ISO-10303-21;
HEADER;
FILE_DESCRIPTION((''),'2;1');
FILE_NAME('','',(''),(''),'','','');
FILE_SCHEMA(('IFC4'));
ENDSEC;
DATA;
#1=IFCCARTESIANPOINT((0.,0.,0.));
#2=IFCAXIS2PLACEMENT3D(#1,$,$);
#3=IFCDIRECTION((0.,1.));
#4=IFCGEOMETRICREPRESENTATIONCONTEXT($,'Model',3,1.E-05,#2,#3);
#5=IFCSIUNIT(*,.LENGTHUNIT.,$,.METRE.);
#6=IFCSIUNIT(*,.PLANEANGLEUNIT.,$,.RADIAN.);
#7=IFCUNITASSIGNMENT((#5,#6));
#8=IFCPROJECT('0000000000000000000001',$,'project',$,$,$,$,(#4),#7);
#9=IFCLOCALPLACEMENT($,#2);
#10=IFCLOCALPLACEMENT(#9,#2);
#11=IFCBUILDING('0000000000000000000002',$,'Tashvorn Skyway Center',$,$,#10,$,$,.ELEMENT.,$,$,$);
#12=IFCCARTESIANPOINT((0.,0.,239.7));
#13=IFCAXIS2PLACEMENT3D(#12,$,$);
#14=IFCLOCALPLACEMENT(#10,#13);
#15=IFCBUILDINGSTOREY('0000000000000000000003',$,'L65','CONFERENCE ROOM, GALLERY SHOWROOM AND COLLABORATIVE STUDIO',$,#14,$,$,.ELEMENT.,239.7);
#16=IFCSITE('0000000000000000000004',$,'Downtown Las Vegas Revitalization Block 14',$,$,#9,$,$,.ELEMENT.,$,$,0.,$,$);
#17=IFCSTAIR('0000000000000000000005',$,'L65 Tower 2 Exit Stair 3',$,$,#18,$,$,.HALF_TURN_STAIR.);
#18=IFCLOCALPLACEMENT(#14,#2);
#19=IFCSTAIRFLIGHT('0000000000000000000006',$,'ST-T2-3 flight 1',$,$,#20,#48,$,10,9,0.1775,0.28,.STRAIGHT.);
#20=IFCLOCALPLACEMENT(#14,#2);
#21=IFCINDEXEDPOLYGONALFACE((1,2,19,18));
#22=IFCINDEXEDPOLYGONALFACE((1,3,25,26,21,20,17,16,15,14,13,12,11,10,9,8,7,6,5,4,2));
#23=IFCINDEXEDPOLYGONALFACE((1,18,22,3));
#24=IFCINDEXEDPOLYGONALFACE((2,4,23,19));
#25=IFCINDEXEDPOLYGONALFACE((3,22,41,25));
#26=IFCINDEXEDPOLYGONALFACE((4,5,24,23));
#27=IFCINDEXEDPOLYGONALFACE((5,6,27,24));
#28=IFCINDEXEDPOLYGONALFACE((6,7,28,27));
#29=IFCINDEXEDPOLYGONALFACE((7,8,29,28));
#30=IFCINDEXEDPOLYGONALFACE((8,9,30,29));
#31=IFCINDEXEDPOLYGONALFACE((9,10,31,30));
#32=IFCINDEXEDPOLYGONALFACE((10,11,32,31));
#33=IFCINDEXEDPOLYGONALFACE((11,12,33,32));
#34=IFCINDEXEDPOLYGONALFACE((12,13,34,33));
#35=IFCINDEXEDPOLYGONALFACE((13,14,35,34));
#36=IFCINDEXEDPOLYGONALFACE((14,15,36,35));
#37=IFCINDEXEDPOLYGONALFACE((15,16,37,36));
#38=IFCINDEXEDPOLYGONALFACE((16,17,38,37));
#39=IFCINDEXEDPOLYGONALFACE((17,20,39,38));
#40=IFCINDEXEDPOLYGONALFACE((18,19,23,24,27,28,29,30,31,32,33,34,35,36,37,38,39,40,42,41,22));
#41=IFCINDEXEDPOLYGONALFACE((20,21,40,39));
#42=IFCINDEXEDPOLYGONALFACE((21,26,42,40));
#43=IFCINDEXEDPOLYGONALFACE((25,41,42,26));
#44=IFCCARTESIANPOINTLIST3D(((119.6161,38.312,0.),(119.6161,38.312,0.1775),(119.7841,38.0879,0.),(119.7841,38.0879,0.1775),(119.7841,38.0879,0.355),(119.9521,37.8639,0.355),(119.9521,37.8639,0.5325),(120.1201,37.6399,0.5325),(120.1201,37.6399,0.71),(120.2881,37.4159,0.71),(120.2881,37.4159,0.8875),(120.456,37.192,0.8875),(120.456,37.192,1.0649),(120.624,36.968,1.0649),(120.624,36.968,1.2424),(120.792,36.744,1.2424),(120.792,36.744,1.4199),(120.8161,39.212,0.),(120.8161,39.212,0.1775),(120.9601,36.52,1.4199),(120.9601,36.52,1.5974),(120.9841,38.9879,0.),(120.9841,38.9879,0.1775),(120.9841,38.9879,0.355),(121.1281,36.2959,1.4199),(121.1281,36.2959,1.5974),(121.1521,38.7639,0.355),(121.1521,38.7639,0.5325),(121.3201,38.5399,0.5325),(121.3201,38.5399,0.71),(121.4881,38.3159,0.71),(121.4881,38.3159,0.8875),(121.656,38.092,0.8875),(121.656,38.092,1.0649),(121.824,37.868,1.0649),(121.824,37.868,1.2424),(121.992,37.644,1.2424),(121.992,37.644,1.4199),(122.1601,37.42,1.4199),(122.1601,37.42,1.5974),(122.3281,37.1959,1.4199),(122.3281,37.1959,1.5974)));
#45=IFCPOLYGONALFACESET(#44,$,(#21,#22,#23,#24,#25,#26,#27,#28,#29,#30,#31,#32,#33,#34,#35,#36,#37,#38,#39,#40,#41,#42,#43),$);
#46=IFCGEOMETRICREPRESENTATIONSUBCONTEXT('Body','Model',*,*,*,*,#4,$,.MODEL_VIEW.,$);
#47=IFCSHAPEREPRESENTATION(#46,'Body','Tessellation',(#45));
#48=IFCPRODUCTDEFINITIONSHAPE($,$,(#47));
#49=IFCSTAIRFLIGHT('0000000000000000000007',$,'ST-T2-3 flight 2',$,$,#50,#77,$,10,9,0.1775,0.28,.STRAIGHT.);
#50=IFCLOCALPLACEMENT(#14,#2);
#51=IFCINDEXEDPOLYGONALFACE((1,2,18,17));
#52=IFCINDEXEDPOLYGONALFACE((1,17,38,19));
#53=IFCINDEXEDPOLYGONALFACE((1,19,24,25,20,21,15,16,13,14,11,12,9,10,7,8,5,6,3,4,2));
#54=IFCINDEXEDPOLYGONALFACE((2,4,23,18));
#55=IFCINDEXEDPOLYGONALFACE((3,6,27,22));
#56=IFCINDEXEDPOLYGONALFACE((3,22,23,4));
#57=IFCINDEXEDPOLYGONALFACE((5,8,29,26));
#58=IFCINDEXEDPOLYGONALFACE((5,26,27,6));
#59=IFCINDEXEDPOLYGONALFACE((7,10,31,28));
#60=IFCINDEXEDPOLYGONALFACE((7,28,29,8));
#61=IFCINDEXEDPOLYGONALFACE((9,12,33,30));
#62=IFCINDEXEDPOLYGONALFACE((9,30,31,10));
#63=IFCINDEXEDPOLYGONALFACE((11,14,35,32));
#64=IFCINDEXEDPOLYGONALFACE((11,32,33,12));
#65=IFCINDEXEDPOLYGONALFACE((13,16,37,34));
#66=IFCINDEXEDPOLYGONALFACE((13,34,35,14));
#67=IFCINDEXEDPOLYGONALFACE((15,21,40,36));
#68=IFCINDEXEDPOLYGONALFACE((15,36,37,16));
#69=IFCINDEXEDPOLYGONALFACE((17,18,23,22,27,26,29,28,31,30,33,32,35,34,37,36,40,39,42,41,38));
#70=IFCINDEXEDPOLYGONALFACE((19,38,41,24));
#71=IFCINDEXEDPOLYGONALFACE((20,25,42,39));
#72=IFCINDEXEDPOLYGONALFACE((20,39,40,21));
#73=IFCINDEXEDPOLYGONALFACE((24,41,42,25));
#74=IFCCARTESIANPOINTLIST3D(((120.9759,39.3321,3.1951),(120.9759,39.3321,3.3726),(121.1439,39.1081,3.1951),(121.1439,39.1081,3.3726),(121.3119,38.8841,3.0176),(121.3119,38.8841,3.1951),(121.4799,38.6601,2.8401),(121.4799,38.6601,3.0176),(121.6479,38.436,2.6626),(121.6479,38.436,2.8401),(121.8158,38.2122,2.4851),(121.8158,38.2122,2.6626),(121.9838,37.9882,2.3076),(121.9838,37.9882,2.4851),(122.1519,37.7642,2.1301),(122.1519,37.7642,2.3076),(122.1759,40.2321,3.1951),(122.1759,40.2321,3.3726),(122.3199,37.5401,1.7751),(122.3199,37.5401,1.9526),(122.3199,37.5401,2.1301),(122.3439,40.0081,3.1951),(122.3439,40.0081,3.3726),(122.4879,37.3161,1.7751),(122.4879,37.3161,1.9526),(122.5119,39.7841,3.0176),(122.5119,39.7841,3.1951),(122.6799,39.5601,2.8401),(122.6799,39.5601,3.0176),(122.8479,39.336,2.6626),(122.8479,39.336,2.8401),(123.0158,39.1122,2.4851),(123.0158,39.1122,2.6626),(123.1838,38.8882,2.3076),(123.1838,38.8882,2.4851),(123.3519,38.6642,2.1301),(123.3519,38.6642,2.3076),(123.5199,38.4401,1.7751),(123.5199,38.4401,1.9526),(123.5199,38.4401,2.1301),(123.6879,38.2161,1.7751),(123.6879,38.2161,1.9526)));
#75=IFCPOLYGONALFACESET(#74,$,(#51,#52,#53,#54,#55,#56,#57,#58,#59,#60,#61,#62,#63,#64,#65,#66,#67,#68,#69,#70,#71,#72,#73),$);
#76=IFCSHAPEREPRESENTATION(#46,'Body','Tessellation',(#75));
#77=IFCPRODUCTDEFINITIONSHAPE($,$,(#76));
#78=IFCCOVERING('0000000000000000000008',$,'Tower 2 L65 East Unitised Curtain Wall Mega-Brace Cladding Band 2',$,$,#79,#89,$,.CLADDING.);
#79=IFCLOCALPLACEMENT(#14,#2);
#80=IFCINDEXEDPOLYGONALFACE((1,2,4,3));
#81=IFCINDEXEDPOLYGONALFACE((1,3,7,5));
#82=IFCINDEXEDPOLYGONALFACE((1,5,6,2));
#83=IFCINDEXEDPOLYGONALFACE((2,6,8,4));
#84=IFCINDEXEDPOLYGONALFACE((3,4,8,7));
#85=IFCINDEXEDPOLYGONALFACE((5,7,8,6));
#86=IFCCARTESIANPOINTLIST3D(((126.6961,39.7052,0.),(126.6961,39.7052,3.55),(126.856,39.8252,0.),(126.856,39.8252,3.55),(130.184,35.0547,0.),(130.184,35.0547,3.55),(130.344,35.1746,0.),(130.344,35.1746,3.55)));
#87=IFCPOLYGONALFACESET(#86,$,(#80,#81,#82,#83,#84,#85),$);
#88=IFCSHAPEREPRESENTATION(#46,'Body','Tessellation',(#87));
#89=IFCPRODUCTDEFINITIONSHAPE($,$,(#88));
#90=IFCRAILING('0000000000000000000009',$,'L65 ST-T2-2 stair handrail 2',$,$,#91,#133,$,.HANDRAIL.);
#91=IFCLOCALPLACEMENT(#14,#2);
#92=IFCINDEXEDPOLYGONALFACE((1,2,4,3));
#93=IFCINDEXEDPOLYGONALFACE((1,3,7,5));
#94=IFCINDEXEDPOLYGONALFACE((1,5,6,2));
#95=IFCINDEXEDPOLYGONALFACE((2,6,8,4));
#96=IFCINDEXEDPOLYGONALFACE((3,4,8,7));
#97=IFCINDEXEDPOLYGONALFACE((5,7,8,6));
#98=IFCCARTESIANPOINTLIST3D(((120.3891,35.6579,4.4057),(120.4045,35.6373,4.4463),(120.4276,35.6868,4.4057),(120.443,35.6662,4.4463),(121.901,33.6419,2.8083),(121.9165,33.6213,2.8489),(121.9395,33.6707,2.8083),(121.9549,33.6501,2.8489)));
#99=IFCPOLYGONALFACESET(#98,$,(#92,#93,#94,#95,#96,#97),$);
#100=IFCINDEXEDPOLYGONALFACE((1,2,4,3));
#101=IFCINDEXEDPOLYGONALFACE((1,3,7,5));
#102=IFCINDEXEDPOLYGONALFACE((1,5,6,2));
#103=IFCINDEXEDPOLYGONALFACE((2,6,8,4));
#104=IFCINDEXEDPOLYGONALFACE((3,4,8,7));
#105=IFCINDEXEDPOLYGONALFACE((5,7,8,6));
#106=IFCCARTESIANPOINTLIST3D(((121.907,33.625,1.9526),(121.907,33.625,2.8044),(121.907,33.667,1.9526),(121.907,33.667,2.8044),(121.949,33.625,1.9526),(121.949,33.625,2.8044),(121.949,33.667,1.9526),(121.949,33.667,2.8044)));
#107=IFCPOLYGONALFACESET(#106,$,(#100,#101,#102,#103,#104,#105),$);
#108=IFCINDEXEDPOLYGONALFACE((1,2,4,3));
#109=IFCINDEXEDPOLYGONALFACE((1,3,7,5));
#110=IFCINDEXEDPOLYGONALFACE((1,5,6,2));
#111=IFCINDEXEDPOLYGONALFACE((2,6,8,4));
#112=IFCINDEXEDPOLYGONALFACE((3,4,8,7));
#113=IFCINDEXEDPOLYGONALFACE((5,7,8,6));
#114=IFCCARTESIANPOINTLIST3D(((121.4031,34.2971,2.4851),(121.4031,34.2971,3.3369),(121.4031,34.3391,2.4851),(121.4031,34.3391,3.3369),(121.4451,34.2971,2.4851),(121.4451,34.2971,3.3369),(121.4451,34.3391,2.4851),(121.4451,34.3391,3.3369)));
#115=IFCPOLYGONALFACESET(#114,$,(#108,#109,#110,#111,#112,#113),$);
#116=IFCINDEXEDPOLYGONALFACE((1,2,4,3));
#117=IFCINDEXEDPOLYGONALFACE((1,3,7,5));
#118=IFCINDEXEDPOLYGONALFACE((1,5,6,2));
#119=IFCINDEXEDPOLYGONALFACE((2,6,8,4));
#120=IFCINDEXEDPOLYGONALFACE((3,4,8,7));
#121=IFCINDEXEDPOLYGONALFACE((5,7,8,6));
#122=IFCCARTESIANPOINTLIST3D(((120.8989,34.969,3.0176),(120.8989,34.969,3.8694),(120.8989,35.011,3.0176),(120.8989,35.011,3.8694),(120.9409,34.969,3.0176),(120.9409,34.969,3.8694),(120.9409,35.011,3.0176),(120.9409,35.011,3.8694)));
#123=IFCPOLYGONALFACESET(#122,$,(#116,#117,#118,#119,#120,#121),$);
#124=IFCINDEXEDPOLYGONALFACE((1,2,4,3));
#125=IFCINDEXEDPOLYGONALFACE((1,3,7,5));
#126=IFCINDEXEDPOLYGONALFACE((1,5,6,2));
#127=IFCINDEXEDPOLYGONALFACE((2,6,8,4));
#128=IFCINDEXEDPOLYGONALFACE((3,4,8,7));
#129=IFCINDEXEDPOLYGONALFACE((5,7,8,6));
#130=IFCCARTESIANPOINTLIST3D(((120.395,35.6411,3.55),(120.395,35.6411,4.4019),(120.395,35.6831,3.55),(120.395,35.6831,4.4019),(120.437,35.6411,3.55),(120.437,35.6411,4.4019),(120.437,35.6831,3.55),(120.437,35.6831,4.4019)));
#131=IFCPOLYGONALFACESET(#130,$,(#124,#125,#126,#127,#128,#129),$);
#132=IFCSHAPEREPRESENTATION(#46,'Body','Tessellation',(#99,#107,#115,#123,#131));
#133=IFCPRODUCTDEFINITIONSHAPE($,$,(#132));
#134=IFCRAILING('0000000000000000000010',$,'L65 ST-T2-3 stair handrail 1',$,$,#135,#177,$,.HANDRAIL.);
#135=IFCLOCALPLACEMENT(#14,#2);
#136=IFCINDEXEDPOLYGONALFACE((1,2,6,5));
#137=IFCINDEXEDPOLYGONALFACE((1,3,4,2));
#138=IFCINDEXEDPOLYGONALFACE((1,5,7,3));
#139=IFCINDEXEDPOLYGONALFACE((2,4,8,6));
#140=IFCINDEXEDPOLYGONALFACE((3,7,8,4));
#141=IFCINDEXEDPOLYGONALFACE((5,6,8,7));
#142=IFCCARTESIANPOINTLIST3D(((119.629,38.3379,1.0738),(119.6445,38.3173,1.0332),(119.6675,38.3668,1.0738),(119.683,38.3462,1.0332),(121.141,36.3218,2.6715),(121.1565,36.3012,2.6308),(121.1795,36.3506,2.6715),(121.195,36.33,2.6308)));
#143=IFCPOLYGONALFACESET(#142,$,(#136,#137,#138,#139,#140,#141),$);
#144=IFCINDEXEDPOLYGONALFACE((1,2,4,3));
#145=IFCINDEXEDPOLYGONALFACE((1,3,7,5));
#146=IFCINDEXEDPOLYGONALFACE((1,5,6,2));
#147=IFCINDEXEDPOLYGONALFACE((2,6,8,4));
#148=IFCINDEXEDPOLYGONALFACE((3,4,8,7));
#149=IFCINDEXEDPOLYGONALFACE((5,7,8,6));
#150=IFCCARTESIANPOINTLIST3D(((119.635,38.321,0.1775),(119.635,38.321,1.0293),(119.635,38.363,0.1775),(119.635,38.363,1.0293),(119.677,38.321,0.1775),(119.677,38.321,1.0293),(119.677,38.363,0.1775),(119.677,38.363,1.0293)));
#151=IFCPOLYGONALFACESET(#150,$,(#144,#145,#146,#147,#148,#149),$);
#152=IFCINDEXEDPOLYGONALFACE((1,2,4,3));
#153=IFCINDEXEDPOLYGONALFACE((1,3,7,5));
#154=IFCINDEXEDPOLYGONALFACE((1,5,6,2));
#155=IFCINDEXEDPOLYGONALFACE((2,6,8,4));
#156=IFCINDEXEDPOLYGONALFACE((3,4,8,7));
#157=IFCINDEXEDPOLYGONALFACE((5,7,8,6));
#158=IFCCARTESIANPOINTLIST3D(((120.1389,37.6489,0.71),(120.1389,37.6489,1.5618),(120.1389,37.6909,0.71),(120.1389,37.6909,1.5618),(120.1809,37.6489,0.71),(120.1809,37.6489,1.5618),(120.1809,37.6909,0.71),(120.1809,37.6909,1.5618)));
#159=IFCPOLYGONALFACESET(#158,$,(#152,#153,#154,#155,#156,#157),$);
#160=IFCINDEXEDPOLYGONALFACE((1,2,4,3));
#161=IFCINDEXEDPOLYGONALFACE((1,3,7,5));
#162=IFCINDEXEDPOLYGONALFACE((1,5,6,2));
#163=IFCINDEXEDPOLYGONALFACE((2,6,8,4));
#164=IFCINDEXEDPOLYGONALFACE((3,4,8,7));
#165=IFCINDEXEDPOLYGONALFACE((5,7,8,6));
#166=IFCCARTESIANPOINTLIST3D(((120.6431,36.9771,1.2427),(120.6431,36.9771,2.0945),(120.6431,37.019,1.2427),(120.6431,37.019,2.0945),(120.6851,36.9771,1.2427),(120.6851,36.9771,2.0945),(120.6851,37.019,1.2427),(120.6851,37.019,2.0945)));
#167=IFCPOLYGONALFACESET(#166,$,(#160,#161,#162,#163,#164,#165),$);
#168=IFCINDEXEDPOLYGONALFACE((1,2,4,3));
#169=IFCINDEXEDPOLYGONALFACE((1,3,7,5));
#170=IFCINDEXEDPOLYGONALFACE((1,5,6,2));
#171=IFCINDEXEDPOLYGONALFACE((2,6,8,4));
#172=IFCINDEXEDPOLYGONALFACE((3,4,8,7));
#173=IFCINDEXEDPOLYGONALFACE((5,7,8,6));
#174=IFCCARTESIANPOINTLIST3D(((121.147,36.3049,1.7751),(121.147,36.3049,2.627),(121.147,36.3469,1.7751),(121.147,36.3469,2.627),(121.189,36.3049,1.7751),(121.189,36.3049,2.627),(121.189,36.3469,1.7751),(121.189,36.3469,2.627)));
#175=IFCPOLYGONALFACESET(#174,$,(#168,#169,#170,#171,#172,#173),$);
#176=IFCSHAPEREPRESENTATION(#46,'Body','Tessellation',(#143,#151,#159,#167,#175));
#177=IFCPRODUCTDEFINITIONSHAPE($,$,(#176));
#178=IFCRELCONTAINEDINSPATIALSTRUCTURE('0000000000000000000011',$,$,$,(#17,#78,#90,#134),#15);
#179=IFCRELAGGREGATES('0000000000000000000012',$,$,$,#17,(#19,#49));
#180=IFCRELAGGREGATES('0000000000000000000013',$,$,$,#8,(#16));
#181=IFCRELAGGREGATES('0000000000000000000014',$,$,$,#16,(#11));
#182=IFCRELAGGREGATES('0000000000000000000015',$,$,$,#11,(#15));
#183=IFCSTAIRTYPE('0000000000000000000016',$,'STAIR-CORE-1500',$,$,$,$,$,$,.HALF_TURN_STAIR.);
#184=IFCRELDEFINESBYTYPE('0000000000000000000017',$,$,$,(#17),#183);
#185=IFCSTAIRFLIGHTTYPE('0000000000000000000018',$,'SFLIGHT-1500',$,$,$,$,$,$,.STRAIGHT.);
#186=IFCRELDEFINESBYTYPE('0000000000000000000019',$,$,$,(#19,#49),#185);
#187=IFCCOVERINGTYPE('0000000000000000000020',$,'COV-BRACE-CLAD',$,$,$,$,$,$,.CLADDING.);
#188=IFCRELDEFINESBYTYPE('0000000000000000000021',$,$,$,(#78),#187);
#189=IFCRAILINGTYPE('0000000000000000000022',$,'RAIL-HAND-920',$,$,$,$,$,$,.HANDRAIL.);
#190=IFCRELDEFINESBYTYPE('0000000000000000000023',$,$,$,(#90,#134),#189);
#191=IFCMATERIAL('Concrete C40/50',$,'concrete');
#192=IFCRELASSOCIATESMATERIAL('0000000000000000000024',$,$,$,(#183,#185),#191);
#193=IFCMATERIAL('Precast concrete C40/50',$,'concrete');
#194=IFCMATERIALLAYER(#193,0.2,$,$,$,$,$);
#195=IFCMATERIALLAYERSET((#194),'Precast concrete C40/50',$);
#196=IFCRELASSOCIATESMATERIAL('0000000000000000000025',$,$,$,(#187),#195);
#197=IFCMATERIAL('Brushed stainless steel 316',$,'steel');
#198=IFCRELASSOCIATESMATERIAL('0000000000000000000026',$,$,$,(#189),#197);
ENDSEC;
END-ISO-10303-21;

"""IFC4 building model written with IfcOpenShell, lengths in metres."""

from ifc_helpers import new_model, si_unit, direction, frame, origin, origin_2d, place, context, subcontext, project, spatial, polyline, rectangle, outline, extrude, material, layer, layer_set, type_object, element, aggregate, save


model = new_model("IFC4")

# Units and contexts
model_context = context("Model", 3, precision=1e-05, world=origin(), true_north=direction((0.0, 1.0)))
body_context = subcontext(model_context, "Body", "Model", "MODEL_VIEW")
ifc_project = project(units=[si_unit("LENGTHUNIT", "METRE"), si_unit("PLANEANGLEUNIT", "RADIAN")], contexts=[model_context])

# Site, building, storey
site_placement = place(None, origin())
site = spatial("IfcSite", under=ifc_project, at=site_placement, Name="Downtown Las Vegas Revitalization Block 14", CompositionType="ELEMENT", RefElevation=0.0)
building_placement = place(site_placement, origin())
building = spatial("IfcBuilding", under=site, at=building_placement, Name="Tashvorn Skyway Center", CompositionType="ELEMENT")
storey_placement = place(building_placement, frame((0.0, 0.0, 239.7)))
storey = spatial("IfcBuildingStorey", under=building, at=storey_placement, Name="L65", Description="CONFERENCE ROOM, GALLERY SHOWROOM AND COLLABORATIVE STUDIO", CompositionType="ELEMENT", Elevation=239.7)

# Shared definitions
ifc_material_1 = material(Name="Concrete C40/50", Category="concrete")

# Shared definitions
stair_type = type_object("IfcStairType", Name="STAIR-CORE-1500", PredefinedType="HALF_TURN_STAIR", material=ifc_material_1)
stair_flight_type = type_object("IfcStairFlightType", Name="SFLIGHT-1500", PredefinedType="STRAIGHT", material=ifc_material_1)

# Stair, stair flights
stair_1_placement = place(storey_placement, origin())
stair_1 = element("IfcStair", 1, at=stair_1_placement, inside=storey, type_object=stair_type, Name="L65 Tower 2 Exit Stair 3", PredefinedType="HALF_TURN_STAIR")
stair_flight_1_placement = place(storey_placement, frame((120.2161, 38.762, 0.0), z_axis=(0.0, 0.0, 1.0), x_axis=(0.6, -0.8, 0.0)))
stair_flight_1 = element("IfcStairFlight", 2, at=stair_flight_1_placement, type_object=stair_flight_type, Name="ST-T2-3 flight 1", NumberOfRisers=10, NumberOfTreads=9, PredefinedType="STRAIGHT", RiserHeight=0.1775, TreadLength=0.28, context=body_context, shape_type="SweptSolid", body=[
    extrude(outline(polyline([(0.0, 0.0), (0.0, 0.1775), (0.28, 0.1775), (0.28, 0.355), (0.5601, 0.355), (0.5601, 0.5325), (0.8401, 0.5325), (0.8401, 0.71), (1.1201, 0.71), (1.1201, 0.8875), (1.3999, 0.8875), (1.3999, 1.0649), (1.6799, 1.0649), (1.6799, 1.2424), (1.96, 1.2424), (1.96, 1.4199), (2.24, 1.4199), (2.24, 1.5974), (2.52, 1.5974), (2.52, 1.7749), (2.52, 1.4199), (0.28, 0.0), (0.0, 0.0)])), frame((0.0, 0.75, 0.0), z_axis=(0.0, -1.0, 0.0), x_axis=(1.0, 0.0, 0.0)), (0.0, 0.0, 1.0), 1.5),
])
stair_flight_2_placement = place(storey_placement, frame((123.0879, 37.7661, 1.7751), z_axis=(0.0, 0.0, 1.0), x_axis=(-0.6, 0.8, 0.0)))
stair_flight_2 = element("IfcStairFlight", 3, at=stair_flight_2_placement, type_object=stair_flight_type, Name="ST-T2-3 flight 2", NumberOfRisers=10, NumberOfTreads=9, PredefinedType="STRAIGHT", RiserHeight=0.1775, TreadLength=0.28, context=body_context, shape_type="SweptSolid", body=[
    extrude(outline(polyline([(0.0, 0.0), (0.0, 0.1775), (0.28, 0.1775), (0.28, 0.355), (0.5601, 0.355), (0.5601, 0.5325), (0.8401, 0.5325), (0.8401, 0.71), (1.1201, 0.71), (1.1201, 0.8875), (1.3999, 0.8875), (1.3999, 1.0649), (1.6799, 1.0649), (1.6799, 1.2424), (1.96, 1.2424), (1.96, 1.4199), (2.24, 1.4199), (2.24, 1.5974), (2.52, 1.5974), (2.52, 1.7749), (2.52, 1.4199), (0.28, 0.0), (0.0, 0.0)])), frame((0.0, 0.75, 0.0), z_axis=(0.0, -1.0, 0.0), x_axis=(1.0, 0.0, 0.0)), (0.0, 0.0, 1.0), 1.5),
])
aggregate(stair_1, [stair_flight_1, stair_flight_2])

# Covering
ifc_material_2 = material(Name="Precast concrete C40/50", Category="concrete")
ifc_layer_1 = layer(ifc_material_2, 0.2)
ifc_layer_set_1 = layer_set([ifc_layer_1], Name="Precast concrete C40/50")
covering_type = type_object("IfcCoveringType", Name="COV-BRACE-CLAD", PredefinedType="CLADDING", material=ifc_layer_set_1)
covering_placement = place(storey_placement, frame((128.52, 37.4399, 0.0), z_axis=(0.0, 0.0, 1.0), x_axis=(0.6, -0.8, 0.0)))
element("IfcCovering", 4, at=covering_placement, inside=storey, type_object=covering_type, Name="Tower 2 L65 East Unitised Curtain Wall Mega-Brace Cladding Band 2", PredefinedType="CLADDING", context=body_context, shape_type="SweptSolid", body=[
    extrude(rectangle(XDim=5.8132, YDim=0.2, at=origin_2d()), origin(), (0.0, 0.0, 1.0), 3.55),
])

# Railings
ifc_material_3 = material(Name="Brushed stainless steel 316", Category="steel")
railing_type_1 = type_object("IfcRailingType", Name="RAIL-HAND-920", PredefinedType="HANDRAIL", material=ifc_material_3)
railing_1_placement = place(storey_placement, frame((121.928, 33.646, 1.9526)))
element("IfcRailing", 5, at=railing_1_placement, inside=storey, type_object=railing_type_1, Name="L65 ST-T2-2 stair handrail 2", PredefinedType="HANDRAIL", context=body_context, shape_type="SweptSolid", body=[
    extrude(rectangle(XDim=0.0481, YDim=0.0481, at=origin_2d()), frame((0.0, 0.0, 0.876), z_axis=(-0.506741, 0.675709, 0.535379), x_axis=(-0.800023, -0.599969, 0.0)), (0.0, 0.0, 1.0), 2.9836),
    extrude(rectangle(XDim=0.042, YDim=0.042, at=origin_2d()), origin(), (0.0, 0.0, 1.0), 0.8518),
    extrude(rectangle(XDim=0.042, YDim=0.042, at=origin_2d()), frame((-0.5039, 0.6721, 0.5325)), (0.0, 0.0, 1.0), 0.8518),
    extrude(rectangle(XDim=0.042, YDim=0.042, at=origin_2d()), frame((-1.0081, 1.344, 1.0649)), (0.0, 0.0, 1.0), 0.8518),
    extrude(rectangle(XDim=0.042, YDim=0.042, at=origin_2d()), frame((-1.512, 2.0161, 1.5974)), (0.0, 0.0, 1.0), 0.8518),
])
railing_2_placement = place(storey_placement, frame((119.656, 38.342, 0.1775)))
element("IfcRailing", 6, at=railing_2_placement, inside=storey, type_object=railing_type_1, Name="L65 ST-T2-3 stair handrail 1", PredefinedType="HANDRAIL", context=body_context, shape_type="SweptSolid", body=[
    extrude(rectangle(XDim=0.0481, YDim=0.0481, at=origin_2d()), frame((0.0, 0.0, 0.876), z_axis=(0.506719, -0.675679, 0.535438), x_axis=(0.800023, 0.599969, 0.0)), (0.0, 0.0, 1.0), 2.9839),
    extrude(rectangle(XDim=0.042, YDim=0.042, at=origin_2d()), origin(), (0.0, 0.0, 1.0), 0.8518),
    extrude(rectangle(XDim=0.042, YDim=0.042, at=origin_2d()), frame((0.5039, -0.6721, 0.5325)), (0.0, 0.0, 1.0), 0.8518),
    extrude(rectangle(XDim=0.042, YDim=0.042, at=origin_2d()), frame((1.0081, -1.344, 1.0652)), (0.0, 0.0, 1.0), 0.8518),
    extrude(rectangle(XDim=0.042, YDim=0.042, at=origin_2d()), frame((1.512, -2.0161, 1.5977)), (0.0, 0.0, 1.0), 0.8518),
])

save(model, "model.ifc")
